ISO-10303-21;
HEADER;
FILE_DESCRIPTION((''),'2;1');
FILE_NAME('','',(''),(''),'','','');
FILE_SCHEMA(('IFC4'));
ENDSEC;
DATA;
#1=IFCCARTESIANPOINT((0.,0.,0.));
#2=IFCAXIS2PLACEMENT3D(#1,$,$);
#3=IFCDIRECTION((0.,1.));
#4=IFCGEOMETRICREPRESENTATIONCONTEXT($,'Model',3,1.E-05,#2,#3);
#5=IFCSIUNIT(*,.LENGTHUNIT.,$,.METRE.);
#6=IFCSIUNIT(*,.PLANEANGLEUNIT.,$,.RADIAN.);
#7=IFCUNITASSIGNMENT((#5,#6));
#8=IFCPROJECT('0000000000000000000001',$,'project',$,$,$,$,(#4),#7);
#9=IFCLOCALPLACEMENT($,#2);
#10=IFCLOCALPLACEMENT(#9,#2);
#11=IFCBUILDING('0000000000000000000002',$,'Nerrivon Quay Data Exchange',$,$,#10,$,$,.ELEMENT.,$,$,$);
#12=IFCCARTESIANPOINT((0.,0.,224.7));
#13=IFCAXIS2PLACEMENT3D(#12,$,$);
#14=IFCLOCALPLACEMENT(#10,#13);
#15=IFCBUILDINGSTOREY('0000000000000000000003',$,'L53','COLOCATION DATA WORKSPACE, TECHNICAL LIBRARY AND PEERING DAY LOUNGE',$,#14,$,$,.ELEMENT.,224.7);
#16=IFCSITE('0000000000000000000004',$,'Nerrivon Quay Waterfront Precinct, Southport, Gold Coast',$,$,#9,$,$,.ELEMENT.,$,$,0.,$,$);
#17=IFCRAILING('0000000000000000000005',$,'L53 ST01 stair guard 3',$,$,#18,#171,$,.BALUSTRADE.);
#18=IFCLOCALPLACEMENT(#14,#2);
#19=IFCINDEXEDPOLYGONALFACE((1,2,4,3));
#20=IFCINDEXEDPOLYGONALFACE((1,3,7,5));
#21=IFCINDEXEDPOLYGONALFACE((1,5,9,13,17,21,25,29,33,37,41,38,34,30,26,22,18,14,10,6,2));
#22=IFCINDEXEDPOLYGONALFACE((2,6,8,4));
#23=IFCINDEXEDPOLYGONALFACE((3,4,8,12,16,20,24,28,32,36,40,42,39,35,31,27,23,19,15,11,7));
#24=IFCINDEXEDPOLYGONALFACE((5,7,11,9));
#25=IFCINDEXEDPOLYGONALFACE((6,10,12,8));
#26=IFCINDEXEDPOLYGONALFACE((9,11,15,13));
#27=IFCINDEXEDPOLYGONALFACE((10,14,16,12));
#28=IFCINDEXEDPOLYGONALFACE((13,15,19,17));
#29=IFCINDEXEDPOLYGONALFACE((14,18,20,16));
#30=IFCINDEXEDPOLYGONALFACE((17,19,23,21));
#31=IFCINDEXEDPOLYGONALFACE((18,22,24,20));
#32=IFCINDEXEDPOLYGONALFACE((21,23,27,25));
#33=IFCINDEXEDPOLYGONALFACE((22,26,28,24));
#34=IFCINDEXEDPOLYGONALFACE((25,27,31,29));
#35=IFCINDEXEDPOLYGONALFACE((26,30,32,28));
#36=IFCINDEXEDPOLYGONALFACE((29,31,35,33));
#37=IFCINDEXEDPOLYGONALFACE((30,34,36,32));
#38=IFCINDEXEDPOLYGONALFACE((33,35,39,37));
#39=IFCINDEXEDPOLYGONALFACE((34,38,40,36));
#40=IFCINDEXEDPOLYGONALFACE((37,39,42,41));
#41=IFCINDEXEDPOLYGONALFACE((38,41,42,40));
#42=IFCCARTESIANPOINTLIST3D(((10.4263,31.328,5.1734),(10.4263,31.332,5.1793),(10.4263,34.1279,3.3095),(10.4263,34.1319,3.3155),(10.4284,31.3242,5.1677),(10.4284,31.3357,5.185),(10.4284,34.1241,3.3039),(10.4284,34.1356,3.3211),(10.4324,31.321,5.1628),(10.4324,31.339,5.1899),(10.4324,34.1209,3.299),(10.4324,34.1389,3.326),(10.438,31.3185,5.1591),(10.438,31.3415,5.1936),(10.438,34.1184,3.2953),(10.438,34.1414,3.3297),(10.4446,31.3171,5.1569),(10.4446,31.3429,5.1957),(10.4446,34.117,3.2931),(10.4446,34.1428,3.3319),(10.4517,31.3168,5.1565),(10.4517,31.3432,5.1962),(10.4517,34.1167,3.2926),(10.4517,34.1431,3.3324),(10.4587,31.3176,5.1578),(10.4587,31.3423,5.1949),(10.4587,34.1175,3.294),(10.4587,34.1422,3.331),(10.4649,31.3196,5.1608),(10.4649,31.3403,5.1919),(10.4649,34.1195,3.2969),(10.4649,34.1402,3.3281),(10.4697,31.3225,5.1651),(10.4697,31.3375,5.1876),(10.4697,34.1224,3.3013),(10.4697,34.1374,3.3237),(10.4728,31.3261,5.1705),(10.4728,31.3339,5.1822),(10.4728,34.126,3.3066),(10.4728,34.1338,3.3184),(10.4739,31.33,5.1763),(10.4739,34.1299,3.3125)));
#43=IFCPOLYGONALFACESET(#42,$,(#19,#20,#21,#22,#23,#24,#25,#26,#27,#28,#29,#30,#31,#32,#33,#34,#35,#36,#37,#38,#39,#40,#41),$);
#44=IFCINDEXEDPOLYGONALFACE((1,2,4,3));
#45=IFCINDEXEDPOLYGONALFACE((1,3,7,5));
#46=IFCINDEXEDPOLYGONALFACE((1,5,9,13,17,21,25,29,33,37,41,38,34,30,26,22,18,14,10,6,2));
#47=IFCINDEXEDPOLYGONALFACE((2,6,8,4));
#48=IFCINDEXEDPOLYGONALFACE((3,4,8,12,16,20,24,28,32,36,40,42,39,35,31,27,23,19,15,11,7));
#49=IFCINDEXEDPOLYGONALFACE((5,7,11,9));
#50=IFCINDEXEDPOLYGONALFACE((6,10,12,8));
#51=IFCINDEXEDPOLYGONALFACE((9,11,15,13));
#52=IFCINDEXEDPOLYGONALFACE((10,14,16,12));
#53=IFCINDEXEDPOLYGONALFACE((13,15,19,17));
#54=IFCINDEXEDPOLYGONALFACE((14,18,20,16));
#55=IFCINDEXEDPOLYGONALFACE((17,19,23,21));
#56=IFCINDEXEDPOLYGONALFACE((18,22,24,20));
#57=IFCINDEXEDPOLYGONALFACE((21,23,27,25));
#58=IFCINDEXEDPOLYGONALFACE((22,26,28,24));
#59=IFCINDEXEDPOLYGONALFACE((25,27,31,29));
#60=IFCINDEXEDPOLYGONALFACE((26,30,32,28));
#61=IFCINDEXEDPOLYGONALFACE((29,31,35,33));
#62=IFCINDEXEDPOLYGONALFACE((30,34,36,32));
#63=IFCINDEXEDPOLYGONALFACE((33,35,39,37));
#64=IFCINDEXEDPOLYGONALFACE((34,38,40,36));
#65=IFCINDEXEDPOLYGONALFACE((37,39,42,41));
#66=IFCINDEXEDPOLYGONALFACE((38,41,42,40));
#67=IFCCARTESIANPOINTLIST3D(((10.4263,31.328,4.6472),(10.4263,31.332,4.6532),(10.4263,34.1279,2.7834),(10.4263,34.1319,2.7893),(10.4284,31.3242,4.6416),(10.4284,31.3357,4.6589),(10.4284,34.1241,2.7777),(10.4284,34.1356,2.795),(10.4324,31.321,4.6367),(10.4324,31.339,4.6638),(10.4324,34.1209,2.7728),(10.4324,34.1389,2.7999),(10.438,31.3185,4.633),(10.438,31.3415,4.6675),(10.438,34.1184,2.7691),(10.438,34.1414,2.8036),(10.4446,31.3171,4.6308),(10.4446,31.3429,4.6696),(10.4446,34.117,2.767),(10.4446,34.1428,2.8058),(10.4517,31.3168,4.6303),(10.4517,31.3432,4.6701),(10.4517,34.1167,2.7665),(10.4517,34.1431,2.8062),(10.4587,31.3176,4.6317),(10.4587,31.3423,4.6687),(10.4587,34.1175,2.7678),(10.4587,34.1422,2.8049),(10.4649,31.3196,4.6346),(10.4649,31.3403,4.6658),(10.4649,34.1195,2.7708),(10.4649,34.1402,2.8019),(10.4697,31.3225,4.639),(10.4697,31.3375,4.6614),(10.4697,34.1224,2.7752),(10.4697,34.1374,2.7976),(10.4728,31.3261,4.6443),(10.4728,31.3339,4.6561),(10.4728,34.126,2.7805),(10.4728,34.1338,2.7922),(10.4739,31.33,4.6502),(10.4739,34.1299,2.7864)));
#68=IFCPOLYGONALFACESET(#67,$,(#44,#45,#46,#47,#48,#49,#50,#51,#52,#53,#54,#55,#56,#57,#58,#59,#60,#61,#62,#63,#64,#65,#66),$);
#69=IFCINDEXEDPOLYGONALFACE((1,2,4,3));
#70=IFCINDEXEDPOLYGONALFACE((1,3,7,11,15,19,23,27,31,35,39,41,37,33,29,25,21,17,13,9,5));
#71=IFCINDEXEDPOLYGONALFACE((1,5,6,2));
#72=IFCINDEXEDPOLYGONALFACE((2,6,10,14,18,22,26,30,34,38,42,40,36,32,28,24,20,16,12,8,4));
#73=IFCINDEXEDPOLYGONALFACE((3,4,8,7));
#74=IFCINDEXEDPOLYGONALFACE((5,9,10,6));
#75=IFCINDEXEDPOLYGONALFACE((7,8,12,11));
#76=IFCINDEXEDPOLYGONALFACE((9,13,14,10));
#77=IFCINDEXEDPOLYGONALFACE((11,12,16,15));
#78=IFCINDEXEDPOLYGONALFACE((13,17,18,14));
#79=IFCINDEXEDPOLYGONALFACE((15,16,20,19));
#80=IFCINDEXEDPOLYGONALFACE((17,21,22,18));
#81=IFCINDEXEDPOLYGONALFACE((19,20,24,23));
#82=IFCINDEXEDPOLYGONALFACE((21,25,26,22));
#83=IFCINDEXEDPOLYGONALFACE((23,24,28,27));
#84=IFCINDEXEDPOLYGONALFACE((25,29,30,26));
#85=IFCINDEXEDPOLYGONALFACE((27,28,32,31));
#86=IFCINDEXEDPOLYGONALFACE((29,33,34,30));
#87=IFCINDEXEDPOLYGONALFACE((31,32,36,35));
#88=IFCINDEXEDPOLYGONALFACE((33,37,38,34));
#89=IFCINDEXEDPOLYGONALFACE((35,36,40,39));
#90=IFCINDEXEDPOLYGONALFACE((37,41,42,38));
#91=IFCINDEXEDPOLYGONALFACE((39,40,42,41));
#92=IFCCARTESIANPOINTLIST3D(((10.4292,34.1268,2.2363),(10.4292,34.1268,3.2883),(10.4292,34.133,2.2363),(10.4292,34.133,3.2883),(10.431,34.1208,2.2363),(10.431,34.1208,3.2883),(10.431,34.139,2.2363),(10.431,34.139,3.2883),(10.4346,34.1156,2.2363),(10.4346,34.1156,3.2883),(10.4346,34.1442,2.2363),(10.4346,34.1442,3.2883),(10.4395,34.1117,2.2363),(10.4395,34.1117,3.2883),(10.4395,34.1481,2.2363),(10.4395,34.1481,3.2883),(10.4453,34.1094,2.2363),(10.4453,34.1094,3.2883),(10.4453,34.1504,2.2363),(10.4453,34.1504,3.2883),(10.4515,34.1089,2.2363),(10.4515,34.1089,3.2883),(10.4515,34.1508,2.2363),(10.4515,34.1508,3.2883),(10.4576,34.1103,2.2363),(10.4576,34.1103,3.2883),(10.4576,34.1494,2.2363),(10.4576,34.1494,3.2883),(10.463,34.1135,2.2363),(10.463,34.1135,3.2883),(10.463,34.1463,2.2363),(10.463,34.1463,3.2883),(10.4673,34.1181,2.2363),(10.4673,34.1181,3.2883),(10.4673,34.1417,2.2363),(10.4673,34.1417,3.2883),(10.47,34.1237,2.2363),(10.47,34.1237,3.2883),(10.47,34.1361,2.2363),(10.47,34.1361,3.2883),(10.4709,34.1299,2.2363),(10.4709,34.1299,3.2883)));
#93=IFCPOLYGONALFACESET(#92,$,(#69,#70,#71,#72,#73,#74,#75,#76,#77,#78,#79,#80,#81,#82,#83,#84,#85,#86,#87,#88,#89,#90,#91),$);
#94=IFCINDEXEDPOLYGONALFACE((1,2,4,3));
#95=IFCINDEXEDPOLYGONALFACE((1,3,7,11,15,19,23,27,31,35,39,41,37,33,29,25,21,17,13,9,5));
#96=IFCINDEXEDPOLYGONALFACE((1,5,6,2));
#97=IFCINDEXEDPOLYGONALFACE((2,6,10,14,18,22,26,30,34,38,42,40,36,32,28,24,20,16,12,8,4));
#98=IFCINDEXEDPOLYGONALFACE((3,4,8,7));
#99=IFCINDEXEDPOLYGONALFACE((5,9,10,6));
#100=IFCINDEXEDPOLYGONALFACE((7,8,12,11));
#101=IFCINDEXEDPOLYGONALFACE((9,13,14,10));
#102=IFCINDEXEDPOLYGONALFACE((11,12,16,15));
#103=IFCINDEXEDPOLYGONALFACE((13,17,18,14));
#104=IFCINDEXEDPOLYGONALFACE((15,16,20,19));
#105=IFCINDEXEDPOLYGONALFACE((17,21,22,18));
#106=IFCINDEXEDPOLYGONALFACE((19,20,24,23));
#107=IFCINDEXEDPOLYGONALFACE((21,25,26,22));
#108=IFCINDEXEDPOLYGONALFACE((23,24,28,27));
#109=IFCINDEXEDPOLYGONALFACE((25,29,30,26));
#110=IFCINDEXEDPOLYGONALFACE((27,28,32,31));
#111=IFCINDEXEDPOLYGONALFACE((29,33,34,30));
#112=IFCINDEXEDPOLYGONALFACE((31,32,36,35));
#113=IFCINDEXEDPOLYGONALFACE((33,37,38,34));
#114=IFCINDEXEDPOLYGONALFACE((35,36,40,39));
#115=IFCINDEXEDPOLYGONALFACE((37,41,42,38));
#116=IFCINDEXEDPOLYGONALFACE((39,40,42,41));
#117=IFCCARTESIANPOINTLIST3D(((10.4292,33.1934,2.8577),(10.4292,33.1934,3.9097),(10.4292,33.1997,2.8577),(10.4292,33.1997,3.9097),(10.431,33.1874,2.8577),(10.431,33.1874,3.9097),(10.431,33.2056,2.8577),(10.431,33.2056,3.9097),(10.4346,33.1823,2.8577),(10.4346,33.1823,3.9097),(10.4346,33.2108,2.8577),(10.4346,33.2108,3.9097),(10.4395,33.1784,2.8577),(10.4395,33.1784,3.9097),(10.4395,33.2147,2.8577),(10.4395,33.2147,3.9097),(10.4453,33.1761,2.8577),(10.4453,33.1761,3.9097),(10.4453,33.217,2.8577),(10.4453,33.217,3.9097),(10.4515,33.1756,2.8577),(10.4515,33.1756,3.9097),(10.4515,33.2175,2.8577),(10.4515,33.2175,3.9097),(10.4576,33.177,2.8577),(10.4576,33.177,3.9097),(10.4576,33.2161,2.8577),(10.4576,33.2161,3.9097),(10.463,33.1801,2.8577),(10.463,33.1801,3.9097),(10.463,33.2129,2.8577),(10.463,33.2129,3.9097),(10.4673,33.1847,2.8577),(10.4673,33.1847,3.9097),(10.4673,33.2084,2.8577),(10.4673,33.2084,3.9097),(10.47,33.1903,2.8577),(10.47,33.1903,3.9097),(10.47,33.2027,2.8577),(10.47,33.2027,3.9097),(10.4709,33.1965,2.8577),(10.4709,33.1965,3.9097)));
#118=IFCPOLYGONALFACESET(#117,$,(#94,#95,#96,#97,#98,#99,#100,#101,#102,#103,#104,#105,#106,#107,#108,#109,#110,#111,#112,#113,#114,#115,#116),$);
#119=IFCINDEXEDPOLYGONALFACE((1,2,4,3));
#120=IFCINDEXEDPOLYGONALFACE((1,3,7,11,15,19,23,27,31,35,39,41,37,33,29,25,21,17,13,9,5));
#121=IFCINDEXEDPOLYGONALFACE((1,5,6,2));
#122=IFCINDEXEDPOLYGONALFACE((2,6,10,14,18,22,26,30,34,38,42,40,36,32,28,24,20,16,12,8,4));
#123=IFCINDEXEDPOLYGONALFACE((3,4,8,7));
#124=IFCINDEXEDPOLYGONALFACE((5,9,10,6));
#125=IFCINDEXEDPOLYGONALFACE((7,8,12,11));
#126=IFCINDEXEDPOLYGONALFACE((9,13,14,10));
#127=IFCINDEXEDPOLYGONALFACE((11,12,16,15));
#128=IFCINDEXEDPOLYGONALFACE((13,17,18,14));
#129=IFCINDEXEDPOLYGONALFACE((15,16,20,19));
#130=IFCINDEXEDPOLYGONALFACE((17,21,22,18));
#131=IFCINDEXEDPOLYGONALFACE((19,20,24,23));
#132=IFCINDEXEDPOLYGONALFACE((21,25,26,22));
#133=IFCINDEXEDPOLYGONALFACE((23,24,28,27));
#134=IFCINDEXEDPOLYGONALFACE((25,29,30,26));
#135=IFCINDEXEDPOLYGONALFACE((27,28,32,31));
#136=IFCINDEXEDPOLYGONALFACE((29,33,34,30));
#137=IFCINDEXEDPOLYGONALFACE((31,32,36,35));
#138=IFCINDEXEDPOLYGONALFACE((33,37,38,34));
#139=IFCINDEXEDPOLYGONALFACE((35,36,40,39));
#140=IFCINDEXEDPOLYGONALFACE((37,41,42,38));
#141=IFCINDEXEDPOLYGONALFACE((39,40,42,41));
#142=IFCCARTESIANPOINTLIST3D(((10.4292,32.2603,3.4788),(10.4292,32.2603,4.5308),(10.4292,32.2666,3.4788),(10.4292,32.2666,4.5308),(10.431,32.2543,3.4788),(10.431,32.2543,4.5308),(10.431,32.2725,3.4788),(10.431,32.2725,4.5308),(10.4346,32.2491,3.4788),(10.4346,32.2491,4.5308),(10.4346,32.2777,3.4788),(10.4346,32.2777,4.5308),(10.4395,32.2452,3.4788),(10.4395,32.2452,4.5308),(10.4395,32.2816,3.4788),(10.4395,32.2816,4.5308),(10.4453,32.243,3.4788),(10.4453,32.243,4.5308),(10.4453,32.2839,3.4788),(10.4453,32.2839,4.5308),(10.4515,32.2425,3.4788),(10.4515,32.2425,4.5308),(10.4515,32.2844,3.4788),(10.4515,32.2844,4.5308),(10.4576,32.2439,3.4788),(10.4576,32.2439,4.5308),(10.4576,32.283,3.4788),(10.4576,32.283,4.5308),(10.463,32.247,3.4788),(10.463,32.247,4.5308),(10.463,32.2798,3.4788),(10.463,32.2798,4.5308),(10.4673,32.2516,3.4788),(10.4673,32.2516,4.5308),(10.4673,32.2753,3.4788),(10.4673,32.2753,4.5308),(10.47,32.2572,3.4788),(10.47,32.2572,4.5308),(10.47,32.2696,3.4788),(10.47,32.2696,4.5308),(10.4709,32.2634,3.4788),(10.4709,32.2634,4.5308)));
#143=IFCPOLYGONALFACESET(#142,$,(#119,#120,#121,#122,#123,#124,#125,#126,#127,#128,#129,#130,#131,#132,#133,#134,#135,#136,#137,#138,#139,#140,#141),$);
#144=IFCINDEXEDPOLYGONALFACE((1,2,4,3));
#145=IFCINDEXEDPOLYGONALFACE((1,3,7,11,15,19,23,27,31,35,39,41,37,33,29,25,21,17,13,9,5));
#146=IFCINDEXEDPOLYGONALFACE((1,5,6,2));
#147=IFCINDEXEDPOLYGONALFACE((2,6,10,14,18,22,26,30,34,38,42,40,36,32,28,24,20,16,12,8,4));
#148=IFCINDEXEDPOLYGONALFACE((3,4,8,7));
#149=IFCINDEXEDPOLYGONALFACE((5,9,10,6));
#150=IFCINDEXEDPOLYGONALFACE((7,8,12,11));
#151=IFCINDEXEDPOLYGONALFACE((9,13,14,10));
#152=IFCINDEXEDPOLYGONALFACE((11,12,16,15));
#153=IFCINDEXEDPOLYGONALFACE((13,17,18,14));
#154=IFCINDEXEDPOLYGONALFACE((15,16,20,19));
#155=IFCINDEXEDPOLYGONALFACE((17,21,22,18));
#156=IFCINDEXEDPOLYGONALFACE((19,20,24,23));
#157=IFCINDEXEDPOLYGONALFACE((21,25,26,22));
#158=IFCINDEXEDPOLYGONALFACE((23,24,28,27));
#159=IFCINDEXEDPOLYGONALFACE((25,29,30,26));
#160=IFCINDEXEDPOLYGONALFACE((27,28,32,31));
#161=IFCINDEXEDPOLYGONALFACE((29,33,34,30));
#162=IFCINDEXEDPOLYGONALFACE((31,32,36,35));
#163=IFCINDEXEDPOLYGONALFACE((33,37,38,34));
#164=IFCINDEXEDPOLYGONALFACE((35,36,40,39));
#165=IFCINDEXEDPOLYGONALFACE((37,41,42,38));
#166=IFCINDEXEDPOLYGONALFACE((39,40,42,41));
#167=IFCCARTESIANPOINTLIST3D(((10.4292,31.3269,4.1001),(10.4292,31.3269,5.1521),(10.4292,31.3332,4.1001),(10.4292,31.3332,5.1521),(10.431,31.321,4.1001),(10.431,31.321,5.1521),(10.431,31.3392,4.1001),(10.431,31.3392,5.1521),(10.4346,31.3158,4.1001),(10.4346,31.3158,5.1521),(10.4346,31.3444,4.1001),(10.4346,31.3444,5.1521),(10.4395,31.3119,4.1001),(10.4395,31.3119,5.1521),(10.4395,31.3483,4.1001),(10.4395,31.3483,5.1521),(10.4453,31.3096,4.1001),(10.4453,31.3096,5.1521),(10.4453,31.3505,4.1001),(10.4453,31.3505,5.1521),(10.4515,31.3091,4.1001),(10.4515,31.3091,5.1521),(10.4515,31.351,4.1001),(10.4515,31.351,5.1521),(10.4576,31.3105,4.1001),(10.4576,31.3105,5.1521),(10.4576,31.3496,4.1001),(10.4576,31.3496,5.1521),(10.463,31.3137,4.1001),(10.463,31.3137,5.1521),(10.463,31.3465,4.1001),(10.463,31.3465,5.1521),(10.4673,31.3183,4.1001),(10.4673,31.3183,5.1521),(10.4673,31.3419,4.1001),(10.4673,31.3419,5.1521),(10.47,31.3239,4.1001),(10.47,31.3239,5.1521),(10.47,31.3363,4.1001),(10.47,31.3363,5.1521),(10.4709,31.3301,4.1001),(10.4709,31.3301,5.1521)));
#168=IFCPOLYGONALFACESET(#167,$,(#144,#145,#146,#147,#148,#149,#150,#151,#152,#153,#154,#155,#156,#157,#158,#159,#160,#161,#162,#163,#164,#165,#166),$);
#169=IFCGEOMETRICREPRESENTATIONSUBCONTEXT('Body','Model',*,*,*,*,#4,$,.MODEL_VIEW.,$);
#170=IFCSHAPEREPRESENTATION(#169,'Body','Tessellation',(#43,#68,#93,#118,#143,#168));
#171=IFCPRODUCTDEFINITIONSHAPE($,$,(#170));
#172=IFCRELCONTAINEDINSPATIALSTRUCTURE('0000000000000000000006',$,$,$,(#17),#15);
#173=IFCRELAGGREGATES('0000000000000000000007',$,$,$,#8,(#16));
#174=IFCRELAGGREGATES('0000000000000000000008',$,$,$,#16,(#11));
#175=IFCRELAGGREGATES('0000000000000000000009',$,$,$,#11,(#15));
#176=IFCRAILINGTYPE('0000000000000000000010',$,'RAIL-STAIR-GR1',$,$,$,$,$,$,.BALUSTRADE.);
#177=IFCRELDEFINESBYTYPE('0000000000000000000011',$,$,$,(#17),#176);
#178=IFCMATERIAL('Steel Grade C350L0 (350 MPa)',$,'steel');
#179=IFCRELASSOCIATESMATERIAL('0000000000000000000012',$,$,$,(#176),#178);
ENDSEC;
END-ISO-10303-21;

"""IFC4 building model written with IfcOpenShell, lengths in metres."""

from ifc_helpers import new_model, si_unit, direction, frame, origin, origin_2d, place, context, subcontext, project, spatial, circle, extrude, material, type_object, element, save


model = new_model("IFC4")

# Units and contexts
model_context = context("Model", 3, precision=1e-05, world=origin(), true_north=direction((0.0, 1.0)))
body_context = subcontext(model_context, "Body", "Model", "MODEL_VIEW")
ifc_project = project(units=[si_unit("LENGTHUNIT", "METRE"), si_unit("PLANEANGLEUNIT", "RADIAN")], contexts=[model_context])

# Site, building, storey
site_placement = place(None, origin())
site = spatial("IfcSite", under=ifc_project, at=site_placement, Name="Nerrivon Quay Waterfront Precinct, Southport, Gold Coast", CompositionType="ELEMENT", RefElevation=0.0)
building_placement = place(site_placement, origin())
building = spatial("IfcBuilding", under=site, at=building_placement, Name="Nerrivon Quay Data Exchange", CompositionType="ELEMENT")
storey_placement = place(building_placement, frame((0.0, 0.0, 224.7)))
storey = spatial("IfcBuildingStorey", under=building, at=storey_placement, Name="L53", Description="COLOCATION DATA WORKSPACE, TECHNICAL LIBRARY AND PEERING DAY LOUNGE", CompositionType="ELEMENT", Elevation=224.7)

# Shared definitions
ifc_material_1 = material(Name="Steel Grade C350L0 (350 MPa)", Category="steel")

# Railing
railing_type_1 = type_object("IfcRailingType", Name="RAIL-STAIR-GR1", PredefinedType="BALUSTRADE", material=ifc_material_1)
railing_1_placement = place(storey_placement, frame((10.45, 34.1299, 2.2363)))
element("IfcRailing", 1, at=railing_1_placement, inside=storey, type_object=railing_type_1, Name="L53 ST01 stair guard 3", PredefinedType="BALUSTRADE", context=body_context, shape_type="SweptSolid", body=[
    extrude(circle(Radius=0.0239, at=origin_2d()), frame((0.0, 0.0, 1.0762), z_axis=(0.0, -0.83243, 0.554131), x_axis=(1.0, 0.0, 0.0)), (0.0, 0.0, 1.0), 3.3635),
    extrude(circle(Radius=0.0239, at=origin_2d()), frame((0.0, 0.0, 0.55), z_axis=(0.0, -0.83243, 0.554131), x_axis=(1.0, 0.0, 0.0)), (0.0, 0.0, 1.0), 3.3635),
    extrude(circle(Radius=0.021, at=origin_2d()), origin(), (0.0, 0.0, 1.0), 1.052),
    extrude(circle(Radius=0.021, at=origin_2d()), frame((0.0, -0.9333, 0.6213)), (0.0, 0.0, 1.0), 1.052),
    extrude(circle(Radius=0.021, at=origin_2d()), frame((0.0, -1.8665, 1.2424)), (0.0, 0.0, 1.0), 1.052),
    extrude(circle(Radius=0.021, at=origin_2d()), frame((0.0, -2.7998, 1.8638)), (0.0, 0.0, 1.0), 1.052),
])

save(model, "model.ifc")
